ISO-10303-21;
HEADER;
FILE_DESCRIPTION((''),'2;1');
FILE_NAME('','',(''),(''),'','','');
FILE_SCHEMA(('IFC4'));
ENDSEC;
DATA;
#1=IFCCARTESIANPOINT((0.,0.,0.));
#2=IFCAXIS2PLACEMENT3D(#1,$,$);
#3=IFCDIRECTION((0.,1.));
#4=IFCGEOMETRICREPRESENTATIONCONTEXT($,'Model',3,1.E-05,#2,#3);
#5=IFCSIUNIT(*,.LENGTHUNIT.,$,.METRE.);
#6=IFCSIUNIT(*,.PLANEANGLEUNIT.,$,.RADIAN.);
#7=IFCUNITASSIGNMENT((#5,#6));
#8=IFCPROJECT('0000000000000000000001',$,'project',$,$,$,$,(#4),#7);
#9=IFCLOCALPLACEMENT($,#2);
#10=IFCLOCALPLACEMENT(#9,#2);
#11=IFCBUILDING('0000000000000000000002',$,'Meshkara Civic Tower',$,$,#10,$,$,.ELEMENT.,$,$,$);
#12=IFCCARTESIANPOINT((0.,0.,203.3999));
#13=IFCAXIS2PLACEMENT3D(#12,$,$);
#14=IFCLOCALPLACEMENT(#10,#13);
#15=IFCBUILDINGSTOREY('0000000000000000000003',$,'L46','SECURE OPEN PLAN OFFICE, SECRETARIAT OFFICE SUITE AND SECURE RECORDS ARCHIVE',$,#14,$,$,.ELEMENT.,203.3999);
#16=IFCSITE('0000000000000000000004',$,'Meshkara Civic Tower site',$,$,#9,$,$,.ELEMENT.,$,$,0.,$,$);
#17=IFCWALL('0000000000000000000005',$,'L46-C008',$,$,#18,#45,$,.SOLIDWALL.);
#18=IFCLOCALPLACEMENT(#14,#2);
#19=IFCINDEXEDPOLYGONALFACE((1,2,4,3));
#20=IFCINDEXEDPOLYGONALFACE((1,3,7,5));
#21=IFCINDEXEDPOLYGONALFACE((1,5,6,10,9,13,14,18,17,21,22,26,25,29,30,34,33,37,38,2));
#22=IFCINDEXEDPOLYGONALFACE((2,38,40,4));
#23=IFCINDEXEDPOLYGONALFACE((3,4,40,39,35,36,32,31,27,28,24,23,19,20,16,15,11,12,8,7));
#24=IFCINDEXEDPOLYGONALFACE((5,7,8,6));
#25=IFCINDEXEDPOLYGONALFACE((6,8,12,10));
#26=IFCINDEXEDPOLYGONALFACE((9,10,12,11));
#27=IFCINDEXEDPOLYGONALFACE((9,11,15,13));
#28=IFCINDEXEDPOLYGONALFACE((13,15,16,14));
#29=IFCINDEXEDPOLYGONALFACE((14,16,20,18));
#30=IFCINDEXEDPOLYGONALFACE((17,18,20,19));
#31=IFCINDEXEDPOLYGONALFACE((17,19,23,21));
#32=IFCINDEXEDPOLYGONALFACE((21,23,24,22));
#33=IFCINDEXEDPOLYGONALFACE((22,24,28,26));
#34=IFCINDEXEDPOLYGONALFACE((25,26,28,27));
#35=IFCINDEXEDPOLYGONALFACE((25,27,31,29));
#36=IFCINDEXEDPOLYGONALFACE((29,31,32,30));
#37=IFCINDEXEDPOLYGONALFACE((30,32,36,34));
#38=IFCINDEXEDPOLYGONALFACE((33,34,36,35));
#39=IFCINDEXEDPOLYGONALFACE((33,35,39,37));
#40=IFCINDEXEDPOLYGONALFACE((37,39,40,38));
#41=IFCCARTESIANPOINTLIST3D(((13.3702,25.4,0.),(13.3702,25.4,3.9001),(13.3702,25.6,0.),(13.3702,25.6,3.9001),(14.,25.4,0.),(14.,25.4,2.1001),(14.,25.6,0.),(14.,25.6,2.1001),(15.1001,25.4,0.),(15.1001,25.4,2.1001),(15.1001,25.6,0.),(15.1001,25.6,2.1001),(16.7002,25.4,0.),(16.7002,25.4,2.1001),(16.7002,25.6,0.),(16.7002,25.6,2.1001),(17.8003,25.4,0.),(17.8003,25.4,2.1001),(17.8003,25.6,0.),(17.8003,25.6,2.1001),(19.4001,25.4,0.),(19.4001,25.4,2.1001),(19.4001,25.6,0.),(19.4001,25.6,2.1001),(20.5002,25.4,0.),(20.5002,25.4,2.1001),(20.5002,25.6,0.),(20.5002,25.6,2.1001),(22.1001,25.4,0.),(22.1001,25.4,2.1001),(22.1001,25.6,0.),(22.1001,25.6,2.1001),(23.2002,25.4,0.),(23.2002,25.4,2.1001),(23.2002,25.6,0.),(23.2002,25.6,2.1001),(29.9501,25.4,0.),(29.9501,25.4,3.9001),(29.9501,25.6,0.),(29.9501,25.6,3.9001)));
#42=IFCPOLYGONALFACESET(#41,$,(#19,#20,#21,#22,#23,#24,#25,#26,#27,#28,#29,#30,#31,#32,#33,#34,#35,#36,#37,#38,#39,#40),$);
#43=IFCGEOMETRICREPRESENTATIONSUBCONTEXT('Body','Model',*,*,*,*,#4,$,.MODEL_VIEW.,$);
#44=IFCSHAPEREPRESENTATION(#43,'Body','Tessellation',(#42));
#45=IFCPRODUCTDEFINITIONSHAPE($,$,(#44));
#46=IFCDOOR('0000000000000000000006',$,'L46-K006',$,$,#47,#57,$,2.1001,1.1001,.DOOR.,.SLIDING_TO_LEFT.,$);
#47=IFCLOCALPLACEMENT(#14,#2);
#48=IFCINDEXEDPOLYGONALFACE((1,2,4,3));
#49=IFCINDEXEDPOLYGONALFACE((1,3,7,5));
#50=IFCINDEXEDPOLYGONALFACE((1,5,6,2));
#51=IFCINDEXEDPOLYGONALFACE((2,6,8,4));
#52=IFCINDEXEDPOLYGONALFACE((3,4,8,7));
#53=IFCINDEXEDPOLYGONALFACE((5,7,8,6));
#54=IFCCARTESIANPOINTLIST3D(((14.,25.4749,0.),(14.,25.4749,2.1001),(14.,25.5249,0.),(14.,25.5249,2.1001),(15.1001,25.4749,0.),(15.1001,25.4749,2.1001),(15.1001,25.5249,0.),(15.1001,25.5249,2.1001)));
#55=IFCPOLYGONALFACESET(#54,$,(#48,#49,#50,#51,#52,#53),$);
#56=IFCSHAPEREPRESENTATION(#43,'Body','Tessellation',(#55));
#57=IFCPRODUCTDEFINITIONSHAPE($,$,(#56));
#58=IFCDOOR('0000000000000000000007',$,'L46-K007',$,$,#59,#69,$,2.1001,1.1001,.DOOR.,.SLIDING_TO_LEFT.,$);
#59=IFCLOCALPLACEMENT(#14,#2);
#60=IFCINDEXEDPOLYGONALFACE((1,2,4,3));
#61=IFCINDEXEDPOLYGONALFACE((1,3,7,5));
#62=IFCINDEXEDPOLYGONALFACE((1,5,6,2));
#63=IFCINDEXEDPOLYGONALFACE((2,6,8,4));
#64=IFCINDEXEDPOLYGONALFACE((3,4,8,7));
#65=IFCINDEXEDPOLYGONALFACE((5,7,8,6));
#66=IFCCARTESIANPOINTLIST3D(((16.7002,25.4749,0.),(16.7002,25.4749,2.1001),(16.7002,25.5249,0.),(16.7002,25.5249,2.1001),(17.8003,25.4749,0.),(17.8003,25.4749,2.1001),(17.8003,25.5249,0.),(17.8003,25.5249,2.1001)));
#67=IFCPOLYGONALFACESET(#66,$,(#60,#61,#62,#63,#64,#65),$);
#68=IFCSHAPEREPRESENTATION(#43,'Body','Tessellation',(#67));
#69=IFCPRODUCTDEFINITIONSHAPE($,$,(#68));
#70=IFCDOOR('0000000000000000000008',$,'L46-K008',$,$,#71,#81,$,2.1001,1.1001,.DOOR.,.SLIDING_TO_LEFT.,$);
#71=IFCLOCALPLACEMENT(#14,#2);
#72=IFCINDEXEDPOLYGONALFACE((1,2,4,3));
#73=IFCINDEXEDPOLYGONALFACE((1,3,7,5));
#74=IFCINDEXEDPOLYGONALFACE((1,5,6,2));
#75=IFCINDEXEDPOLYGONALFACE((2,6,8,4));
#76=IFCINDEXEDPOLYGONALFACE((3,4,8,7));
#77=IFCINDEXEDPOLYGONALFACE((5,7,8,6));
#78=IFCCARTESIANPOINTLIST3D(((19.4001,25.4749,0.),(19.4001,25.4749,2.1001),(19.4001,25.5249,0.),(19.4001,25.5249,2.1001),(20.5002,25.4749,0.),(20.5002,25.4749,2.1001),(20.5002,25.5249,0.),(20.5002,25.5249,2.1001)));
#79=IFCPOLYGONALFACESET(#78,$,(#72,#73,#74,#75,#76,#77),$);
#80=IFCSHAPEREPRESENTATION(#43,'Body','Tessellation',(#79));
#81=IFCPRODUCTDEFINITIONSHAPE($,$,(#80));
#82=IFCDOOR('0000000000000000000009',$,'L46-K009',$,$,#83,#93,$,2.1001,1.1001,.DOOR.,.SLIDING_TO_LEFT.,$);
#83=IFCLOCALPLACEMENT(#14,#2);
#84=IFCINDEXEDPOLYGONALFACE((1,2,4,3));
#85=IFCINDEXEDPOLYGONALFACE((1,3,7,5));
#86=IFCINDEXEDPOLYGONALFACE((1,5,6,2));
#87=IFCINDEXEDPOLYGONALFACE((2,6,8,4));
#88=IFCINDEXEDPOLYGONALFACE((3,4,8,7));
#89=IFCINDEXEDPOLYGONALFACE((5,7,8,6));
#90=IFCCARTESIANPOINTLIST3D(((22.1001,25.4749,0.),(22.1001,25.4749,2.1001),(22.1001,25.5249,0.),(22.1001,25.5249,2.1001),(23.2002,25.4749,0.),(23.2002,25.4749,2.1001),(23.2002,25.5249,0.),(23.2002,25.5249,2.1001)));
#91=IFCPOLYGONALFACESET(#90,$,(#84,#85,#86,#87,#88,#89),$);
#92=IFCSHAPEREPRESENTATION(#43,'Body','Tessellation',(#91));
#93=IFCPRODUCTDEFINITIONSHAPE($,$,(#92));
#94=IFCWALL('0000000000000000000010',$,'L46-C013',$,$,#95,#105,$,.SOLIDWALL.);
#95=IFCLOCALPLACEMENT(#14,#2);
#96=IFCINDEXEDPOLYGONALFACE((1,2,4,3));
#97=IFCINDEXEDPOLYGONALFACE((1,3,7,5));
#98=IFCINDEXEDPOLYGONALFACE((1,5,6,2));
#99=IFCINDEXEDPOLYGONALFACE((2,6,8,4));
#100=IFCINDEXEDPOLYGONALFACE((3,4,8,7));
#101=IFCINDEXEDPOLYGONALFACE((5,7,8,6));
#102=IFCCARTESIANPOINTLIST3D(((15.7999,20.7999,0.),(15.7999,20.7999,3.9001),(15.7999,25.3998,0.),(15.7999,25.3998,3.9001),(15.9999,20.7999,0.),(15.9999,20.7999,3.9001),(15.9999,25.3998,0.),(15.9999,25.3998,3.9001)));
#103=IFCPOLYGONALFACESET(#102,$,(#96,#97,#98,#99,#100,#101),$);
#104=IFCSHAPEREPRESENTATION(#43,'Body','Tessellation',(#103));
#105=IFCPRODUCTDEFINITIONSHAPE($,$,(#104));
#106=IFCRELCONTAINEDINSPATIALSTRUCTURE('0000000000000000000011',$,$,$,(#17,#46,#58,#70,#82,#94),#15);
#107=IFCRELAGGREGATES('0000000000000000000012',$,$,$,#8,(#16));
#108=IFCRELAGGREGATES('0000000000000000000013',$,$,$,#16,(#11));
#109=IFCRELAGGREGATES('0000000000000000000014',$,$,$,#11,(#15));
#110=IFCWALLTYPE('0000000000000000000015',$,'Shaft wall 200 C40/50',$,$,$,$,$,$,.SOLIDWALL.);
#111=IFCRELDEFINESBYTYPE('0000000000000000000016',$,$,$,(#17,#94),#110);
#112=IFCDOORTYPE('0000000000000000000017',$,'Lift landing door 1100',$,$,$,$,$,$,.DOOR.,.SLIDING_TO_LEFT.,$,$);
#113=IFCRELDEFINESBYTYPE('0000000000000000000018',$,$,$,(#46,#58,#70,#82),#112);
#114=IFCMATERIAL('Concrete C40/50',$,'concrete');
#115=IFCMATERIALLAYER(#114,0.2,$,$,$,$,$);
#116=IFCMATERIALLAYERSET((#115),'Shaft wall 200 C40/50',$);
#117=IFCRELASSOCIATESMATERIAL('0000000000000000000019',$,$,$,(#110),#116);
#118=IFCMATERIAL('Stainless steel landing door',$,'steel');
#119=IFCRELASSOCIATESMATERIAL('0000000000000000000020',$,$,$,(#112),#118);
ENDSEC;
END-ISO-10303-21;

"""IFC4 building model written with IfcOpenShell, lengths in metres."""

from ifc_helpers import new_model, si_unit, direction, frame, frame_2d, origin, place, context, subcontext, project, spatial, rectangle, extrude, material, layer, layer_set, type_object, element, fill, save


model = new_model("IFC4")

# Units and contexts
model_context = context("Model", 3, precision=1e-05, world=origin(), true_north=direction((0.0, 1.0)))
body_context = subcontext(model_context, "Body", "Model", "MODEL_VIEW")
ifc_project = project(units=[si_unit("LENGTHUNIT", "METRE"), si_unit("PLANEANGLEUNIT", "RADIAN")], contexts=[model_context])

# Site, building, storey
site_placement = place(None, origin())
site = spatial("IfcSite", under=ifc_project, at=site_placement, Name="Meshkara Civic Tower site", CompositionType="ELEMENT", RefElevation=0.0)
building_placement = place(site_placement, origin())
building = spatial("IfcBuilding", under=site, at=building_placement, Name="Meshkara Civic Tower", CompositionType="ELEMENT")
storey_placement = place(building_placement, frame((0.0, 0.0, 203.3999)))
storey = spatial("IfcBuildingStorey", under=building, at=storey_placement, Name="L46", Description="SECURE OPEN PLAN OFFICE, SECRETARIAT OFFICE SUITE AND SECURE RECORDS ARCHIVE", CompositionType="ELEMENT", Elevation=203.3999)

# Wall, openings, doors
ifc_material_1 = material(Name="Concrete C40/50", Category="concrete")
ifc_layer_1 = layer(ifc_material_1, 0.2)
ifc_layer_set_1 = layer_set([ifc_layer_1], Name="Shaft wall 200 C40/50")
wall_type_1 = type_object("IfcWallType", Name="Shaft wall 200 C40/50", PredefinedType="SOLIDWALL", material=ifc_layer_set_1)
ifc_material_2 = material(Name="Stainless steel landing door", Category="steel")
door_type_1 = type_object("IfcDoorType", Name="Lift landing door 1100", OperationType="SLIDING_TO_LEFT", PredefinedType="DOOR", material=ifc_material_2)
wall_1_placement = place(storey_placement, frame((13.3701, 25.5, 0.0), z_axis=(0.0, 0.0, 1.0), x_axis=(1.0, 0.0, 0.0)))
wall_1 = element("IfcWall", 1, at=wall_1_placement, inside=storey, type_object=wall_type_1, Name="L46-C008", PredefinedType="SOLIDWALL", context=body_context, shape_type="SweptSolid", body=[
    extrude(rectangle(XDim=16.5798, YDim=0.2, at=frame_2d((8.29, 0.0))), origin(), (0.0, 0.0, 1.0), 3.9001),
])
opening_1_placement = place(wall_1_placement, frame((0.6299, 0.0, 0.0)))
opening_1 = element("IfcOpeningElement", 2, at=opening_1_placement, cuts=wall_1, PredefinedType="OPENING", context=body_context, shape_type="SweptSolid", body=[
    extrude(rectangle(XDim=1.1001, YDim=2.1001, at=frame_2d((0.55, 1.05))), frame((0.0, 0.1099, 0.0), z_axis=(0.0, -1.0, 0.0), x_axis=(1.0, 0.0, 0.0)), (0.0, 0.0, 1.0), 0.22),
])
opening_2_placement = place(wall_1_placement, frame((3.3301, 0.0, 0.0)))
opening_2 = element("IfcOpeningElement", 3, at=opening_2_placement, cuts=wall_1, PredefinedType="OPENING", context=body_context, shape_type="SweptSolid", body=[
    extrude(rectangle(XDim=1.1001, YDim=2.1001, at=frame_2d((0.55, 1.05))), frame((0.0, 0.1099, 0.0), z_axis=(0.0, -1.0, 0.0), x_axis=(1.0, 0.0, 0.0)), (0.0, 0.0, 1.0), 0.22),
])
opening_3_placement = place(wall_1_placement, frame((6.03, 0.0, 0.0)))
opening_3 = element("IfcOpeningElement", 4, at=opening_3_placement, cuts=wall_1, PredefinedType="OPENING", context=body_context, shape_type="SweptSolid", body=[
    extrude(rectangle(XDim=1.1001, YDim=2.1001, at=frame_2d((0.55, 1.05))), frame((0.0, 0.1099, 0.0), z_axis=(0.0, -1.0, 0.0), x_axis=(1.0, 0.0, 0.0)), (0.0, 0.0, 1.0), 0.22),
])
opening_4_placement = place(wall_1_placement, frame((8.73, 0.0, 0.0)))
opening_4 = element("IfcOpeningElement", 5, at=opening_4_placement, cuts=wall_1, PredefinedType="OPENING", context=body_context, shape_type="SweptSolid", body=[
    extrude(rectangle(XDim=1.1001, YDim=2.1001, at=frame_2d((0.55, 1.05))), frame((0.0, 0.1099, 0.0), z_axis=(0.0, -1.0, 0.0), x_axis=(1.0, 0.0, 0.0)), (0.0, 0.0, 1.0), 0.22),
])
door_1_placement = place(opening_1_placement, origin())
door_1 = element("IfcDoor", 6, at=door_1_placement, inside=storey, type_object=door_type_1, Name="L46-K006", OperationType="SLIDING_TO_LEFT", OverallHeight=2.1001, OverallWidth=1.1001, PredefinedType="DOOR", context=body_context, shape_type="SweptSolid", body=[
    extrude(rectangle(XDim=1.1001, YDim=2.1001, at=frame_2d((0.55, 1.05))), frame((0.0, 0.0249, 0.0), z_axis=(0.0, -1.0, 0.0), x_axis=(1.0, 0.0, 0.0)), (0.0, 0.0, 1.0), 0.05),
])
fill(opening_1, door_1)
door_2_placement = place(opening_2_placement, origin())
door_2 = element("IfcDoor", 7, at=door_2_placement, inside=storey, type_object=door_type_1, Name="L46-K007", OperationType="SLIDING_TO_LEFT", OverallHeight=2.1001, OverallWidth=1.1001, PredefinedType="DOOR", context=body_context, shape_type="SweptSolid", body=[
    extrude(rectangle(XDim=1.1001, YDim=2.1001, at=frame_2d((0.55, 1.05))), frame((0.0, 0.0249, 0.0), z_axis=(0.0, -1.0, 0.0), x_axis=(1.0, 0.0, 0.0)), (0.0, 0.0, 1.0), 0.05),
])
fill(opening_2, door_2)
door_3_placement = place(opening_3_placement, origin())
door_3 = element("IfcDoor", 8, at=door_3_placement, inside=storey, type_object=door_type_1, Name="L46-K008", OperationType="SLIDING_TO_LEFT", OverallHeight=2.1001, OverallWidth=1.1001, PredefinedType="DOOR", context=body_context, shape_type="SweptSolid", body=[
    extrude(rectangle(XDim=1.1001, YDim=2.1001, at=frame_2d((0.55, 1.05))), frame((0.0, 0.0249, 0.0), z_axis=(0.0, -1.0, 0.0), x_axis=(1.0, 0.0, 0.0)), (0.0, 0.0, 1.0), 0.05),
])
fill(opening_3, door_3)
door_4_placement = place(opening_4_placement, origin())
door_4 = element("IfcDoor", 9, at=door_4_placement, inside=storey, type_object=door_type_1, Name="L46-K009", OperationType="SLIDING_TO_LEFT", OverallHeight=2.1001, OverallWidth=1.1001, PredefinedType="DOOR", context=body_context, shape_type="SweptSolid", body=[
    extrude(rectangle(XDim=1.1001, YDim=2.1001, at=frame_2d((0.55, 1.05))), frame((0.0, 0.0249, 0.0), z_axis=(0.0, -1.0, 0.0), x_axis=(1.0, 0.0, 0.0)), (0.0, 0.0, 1.0), 0.05),
])
fill(opening_4, door_4)

# Wall
wall_2_placement = place(storey_placement, frame((15.8999, 20.8, 0.0), z_axis=(0.0, 0.0, 1.0), x_axis=(0.0, 1.0, 0.0)))
element("IfcWall", 10, at=wall_2_placement, inside=storey, type_object=wall_type_1, Name="L46-C013", PredefinedType="SOLIDWALL", context=body_context, shape_type="SweptSolid", body=[
    extrude(rectangle(XDim=4.5999, YDim=0.2, at=frame_2d((2.2998, 0.0))), origin(), (0.0, 0.0, 1.0), 3.9001),
])

save(model, "model.ifc")
